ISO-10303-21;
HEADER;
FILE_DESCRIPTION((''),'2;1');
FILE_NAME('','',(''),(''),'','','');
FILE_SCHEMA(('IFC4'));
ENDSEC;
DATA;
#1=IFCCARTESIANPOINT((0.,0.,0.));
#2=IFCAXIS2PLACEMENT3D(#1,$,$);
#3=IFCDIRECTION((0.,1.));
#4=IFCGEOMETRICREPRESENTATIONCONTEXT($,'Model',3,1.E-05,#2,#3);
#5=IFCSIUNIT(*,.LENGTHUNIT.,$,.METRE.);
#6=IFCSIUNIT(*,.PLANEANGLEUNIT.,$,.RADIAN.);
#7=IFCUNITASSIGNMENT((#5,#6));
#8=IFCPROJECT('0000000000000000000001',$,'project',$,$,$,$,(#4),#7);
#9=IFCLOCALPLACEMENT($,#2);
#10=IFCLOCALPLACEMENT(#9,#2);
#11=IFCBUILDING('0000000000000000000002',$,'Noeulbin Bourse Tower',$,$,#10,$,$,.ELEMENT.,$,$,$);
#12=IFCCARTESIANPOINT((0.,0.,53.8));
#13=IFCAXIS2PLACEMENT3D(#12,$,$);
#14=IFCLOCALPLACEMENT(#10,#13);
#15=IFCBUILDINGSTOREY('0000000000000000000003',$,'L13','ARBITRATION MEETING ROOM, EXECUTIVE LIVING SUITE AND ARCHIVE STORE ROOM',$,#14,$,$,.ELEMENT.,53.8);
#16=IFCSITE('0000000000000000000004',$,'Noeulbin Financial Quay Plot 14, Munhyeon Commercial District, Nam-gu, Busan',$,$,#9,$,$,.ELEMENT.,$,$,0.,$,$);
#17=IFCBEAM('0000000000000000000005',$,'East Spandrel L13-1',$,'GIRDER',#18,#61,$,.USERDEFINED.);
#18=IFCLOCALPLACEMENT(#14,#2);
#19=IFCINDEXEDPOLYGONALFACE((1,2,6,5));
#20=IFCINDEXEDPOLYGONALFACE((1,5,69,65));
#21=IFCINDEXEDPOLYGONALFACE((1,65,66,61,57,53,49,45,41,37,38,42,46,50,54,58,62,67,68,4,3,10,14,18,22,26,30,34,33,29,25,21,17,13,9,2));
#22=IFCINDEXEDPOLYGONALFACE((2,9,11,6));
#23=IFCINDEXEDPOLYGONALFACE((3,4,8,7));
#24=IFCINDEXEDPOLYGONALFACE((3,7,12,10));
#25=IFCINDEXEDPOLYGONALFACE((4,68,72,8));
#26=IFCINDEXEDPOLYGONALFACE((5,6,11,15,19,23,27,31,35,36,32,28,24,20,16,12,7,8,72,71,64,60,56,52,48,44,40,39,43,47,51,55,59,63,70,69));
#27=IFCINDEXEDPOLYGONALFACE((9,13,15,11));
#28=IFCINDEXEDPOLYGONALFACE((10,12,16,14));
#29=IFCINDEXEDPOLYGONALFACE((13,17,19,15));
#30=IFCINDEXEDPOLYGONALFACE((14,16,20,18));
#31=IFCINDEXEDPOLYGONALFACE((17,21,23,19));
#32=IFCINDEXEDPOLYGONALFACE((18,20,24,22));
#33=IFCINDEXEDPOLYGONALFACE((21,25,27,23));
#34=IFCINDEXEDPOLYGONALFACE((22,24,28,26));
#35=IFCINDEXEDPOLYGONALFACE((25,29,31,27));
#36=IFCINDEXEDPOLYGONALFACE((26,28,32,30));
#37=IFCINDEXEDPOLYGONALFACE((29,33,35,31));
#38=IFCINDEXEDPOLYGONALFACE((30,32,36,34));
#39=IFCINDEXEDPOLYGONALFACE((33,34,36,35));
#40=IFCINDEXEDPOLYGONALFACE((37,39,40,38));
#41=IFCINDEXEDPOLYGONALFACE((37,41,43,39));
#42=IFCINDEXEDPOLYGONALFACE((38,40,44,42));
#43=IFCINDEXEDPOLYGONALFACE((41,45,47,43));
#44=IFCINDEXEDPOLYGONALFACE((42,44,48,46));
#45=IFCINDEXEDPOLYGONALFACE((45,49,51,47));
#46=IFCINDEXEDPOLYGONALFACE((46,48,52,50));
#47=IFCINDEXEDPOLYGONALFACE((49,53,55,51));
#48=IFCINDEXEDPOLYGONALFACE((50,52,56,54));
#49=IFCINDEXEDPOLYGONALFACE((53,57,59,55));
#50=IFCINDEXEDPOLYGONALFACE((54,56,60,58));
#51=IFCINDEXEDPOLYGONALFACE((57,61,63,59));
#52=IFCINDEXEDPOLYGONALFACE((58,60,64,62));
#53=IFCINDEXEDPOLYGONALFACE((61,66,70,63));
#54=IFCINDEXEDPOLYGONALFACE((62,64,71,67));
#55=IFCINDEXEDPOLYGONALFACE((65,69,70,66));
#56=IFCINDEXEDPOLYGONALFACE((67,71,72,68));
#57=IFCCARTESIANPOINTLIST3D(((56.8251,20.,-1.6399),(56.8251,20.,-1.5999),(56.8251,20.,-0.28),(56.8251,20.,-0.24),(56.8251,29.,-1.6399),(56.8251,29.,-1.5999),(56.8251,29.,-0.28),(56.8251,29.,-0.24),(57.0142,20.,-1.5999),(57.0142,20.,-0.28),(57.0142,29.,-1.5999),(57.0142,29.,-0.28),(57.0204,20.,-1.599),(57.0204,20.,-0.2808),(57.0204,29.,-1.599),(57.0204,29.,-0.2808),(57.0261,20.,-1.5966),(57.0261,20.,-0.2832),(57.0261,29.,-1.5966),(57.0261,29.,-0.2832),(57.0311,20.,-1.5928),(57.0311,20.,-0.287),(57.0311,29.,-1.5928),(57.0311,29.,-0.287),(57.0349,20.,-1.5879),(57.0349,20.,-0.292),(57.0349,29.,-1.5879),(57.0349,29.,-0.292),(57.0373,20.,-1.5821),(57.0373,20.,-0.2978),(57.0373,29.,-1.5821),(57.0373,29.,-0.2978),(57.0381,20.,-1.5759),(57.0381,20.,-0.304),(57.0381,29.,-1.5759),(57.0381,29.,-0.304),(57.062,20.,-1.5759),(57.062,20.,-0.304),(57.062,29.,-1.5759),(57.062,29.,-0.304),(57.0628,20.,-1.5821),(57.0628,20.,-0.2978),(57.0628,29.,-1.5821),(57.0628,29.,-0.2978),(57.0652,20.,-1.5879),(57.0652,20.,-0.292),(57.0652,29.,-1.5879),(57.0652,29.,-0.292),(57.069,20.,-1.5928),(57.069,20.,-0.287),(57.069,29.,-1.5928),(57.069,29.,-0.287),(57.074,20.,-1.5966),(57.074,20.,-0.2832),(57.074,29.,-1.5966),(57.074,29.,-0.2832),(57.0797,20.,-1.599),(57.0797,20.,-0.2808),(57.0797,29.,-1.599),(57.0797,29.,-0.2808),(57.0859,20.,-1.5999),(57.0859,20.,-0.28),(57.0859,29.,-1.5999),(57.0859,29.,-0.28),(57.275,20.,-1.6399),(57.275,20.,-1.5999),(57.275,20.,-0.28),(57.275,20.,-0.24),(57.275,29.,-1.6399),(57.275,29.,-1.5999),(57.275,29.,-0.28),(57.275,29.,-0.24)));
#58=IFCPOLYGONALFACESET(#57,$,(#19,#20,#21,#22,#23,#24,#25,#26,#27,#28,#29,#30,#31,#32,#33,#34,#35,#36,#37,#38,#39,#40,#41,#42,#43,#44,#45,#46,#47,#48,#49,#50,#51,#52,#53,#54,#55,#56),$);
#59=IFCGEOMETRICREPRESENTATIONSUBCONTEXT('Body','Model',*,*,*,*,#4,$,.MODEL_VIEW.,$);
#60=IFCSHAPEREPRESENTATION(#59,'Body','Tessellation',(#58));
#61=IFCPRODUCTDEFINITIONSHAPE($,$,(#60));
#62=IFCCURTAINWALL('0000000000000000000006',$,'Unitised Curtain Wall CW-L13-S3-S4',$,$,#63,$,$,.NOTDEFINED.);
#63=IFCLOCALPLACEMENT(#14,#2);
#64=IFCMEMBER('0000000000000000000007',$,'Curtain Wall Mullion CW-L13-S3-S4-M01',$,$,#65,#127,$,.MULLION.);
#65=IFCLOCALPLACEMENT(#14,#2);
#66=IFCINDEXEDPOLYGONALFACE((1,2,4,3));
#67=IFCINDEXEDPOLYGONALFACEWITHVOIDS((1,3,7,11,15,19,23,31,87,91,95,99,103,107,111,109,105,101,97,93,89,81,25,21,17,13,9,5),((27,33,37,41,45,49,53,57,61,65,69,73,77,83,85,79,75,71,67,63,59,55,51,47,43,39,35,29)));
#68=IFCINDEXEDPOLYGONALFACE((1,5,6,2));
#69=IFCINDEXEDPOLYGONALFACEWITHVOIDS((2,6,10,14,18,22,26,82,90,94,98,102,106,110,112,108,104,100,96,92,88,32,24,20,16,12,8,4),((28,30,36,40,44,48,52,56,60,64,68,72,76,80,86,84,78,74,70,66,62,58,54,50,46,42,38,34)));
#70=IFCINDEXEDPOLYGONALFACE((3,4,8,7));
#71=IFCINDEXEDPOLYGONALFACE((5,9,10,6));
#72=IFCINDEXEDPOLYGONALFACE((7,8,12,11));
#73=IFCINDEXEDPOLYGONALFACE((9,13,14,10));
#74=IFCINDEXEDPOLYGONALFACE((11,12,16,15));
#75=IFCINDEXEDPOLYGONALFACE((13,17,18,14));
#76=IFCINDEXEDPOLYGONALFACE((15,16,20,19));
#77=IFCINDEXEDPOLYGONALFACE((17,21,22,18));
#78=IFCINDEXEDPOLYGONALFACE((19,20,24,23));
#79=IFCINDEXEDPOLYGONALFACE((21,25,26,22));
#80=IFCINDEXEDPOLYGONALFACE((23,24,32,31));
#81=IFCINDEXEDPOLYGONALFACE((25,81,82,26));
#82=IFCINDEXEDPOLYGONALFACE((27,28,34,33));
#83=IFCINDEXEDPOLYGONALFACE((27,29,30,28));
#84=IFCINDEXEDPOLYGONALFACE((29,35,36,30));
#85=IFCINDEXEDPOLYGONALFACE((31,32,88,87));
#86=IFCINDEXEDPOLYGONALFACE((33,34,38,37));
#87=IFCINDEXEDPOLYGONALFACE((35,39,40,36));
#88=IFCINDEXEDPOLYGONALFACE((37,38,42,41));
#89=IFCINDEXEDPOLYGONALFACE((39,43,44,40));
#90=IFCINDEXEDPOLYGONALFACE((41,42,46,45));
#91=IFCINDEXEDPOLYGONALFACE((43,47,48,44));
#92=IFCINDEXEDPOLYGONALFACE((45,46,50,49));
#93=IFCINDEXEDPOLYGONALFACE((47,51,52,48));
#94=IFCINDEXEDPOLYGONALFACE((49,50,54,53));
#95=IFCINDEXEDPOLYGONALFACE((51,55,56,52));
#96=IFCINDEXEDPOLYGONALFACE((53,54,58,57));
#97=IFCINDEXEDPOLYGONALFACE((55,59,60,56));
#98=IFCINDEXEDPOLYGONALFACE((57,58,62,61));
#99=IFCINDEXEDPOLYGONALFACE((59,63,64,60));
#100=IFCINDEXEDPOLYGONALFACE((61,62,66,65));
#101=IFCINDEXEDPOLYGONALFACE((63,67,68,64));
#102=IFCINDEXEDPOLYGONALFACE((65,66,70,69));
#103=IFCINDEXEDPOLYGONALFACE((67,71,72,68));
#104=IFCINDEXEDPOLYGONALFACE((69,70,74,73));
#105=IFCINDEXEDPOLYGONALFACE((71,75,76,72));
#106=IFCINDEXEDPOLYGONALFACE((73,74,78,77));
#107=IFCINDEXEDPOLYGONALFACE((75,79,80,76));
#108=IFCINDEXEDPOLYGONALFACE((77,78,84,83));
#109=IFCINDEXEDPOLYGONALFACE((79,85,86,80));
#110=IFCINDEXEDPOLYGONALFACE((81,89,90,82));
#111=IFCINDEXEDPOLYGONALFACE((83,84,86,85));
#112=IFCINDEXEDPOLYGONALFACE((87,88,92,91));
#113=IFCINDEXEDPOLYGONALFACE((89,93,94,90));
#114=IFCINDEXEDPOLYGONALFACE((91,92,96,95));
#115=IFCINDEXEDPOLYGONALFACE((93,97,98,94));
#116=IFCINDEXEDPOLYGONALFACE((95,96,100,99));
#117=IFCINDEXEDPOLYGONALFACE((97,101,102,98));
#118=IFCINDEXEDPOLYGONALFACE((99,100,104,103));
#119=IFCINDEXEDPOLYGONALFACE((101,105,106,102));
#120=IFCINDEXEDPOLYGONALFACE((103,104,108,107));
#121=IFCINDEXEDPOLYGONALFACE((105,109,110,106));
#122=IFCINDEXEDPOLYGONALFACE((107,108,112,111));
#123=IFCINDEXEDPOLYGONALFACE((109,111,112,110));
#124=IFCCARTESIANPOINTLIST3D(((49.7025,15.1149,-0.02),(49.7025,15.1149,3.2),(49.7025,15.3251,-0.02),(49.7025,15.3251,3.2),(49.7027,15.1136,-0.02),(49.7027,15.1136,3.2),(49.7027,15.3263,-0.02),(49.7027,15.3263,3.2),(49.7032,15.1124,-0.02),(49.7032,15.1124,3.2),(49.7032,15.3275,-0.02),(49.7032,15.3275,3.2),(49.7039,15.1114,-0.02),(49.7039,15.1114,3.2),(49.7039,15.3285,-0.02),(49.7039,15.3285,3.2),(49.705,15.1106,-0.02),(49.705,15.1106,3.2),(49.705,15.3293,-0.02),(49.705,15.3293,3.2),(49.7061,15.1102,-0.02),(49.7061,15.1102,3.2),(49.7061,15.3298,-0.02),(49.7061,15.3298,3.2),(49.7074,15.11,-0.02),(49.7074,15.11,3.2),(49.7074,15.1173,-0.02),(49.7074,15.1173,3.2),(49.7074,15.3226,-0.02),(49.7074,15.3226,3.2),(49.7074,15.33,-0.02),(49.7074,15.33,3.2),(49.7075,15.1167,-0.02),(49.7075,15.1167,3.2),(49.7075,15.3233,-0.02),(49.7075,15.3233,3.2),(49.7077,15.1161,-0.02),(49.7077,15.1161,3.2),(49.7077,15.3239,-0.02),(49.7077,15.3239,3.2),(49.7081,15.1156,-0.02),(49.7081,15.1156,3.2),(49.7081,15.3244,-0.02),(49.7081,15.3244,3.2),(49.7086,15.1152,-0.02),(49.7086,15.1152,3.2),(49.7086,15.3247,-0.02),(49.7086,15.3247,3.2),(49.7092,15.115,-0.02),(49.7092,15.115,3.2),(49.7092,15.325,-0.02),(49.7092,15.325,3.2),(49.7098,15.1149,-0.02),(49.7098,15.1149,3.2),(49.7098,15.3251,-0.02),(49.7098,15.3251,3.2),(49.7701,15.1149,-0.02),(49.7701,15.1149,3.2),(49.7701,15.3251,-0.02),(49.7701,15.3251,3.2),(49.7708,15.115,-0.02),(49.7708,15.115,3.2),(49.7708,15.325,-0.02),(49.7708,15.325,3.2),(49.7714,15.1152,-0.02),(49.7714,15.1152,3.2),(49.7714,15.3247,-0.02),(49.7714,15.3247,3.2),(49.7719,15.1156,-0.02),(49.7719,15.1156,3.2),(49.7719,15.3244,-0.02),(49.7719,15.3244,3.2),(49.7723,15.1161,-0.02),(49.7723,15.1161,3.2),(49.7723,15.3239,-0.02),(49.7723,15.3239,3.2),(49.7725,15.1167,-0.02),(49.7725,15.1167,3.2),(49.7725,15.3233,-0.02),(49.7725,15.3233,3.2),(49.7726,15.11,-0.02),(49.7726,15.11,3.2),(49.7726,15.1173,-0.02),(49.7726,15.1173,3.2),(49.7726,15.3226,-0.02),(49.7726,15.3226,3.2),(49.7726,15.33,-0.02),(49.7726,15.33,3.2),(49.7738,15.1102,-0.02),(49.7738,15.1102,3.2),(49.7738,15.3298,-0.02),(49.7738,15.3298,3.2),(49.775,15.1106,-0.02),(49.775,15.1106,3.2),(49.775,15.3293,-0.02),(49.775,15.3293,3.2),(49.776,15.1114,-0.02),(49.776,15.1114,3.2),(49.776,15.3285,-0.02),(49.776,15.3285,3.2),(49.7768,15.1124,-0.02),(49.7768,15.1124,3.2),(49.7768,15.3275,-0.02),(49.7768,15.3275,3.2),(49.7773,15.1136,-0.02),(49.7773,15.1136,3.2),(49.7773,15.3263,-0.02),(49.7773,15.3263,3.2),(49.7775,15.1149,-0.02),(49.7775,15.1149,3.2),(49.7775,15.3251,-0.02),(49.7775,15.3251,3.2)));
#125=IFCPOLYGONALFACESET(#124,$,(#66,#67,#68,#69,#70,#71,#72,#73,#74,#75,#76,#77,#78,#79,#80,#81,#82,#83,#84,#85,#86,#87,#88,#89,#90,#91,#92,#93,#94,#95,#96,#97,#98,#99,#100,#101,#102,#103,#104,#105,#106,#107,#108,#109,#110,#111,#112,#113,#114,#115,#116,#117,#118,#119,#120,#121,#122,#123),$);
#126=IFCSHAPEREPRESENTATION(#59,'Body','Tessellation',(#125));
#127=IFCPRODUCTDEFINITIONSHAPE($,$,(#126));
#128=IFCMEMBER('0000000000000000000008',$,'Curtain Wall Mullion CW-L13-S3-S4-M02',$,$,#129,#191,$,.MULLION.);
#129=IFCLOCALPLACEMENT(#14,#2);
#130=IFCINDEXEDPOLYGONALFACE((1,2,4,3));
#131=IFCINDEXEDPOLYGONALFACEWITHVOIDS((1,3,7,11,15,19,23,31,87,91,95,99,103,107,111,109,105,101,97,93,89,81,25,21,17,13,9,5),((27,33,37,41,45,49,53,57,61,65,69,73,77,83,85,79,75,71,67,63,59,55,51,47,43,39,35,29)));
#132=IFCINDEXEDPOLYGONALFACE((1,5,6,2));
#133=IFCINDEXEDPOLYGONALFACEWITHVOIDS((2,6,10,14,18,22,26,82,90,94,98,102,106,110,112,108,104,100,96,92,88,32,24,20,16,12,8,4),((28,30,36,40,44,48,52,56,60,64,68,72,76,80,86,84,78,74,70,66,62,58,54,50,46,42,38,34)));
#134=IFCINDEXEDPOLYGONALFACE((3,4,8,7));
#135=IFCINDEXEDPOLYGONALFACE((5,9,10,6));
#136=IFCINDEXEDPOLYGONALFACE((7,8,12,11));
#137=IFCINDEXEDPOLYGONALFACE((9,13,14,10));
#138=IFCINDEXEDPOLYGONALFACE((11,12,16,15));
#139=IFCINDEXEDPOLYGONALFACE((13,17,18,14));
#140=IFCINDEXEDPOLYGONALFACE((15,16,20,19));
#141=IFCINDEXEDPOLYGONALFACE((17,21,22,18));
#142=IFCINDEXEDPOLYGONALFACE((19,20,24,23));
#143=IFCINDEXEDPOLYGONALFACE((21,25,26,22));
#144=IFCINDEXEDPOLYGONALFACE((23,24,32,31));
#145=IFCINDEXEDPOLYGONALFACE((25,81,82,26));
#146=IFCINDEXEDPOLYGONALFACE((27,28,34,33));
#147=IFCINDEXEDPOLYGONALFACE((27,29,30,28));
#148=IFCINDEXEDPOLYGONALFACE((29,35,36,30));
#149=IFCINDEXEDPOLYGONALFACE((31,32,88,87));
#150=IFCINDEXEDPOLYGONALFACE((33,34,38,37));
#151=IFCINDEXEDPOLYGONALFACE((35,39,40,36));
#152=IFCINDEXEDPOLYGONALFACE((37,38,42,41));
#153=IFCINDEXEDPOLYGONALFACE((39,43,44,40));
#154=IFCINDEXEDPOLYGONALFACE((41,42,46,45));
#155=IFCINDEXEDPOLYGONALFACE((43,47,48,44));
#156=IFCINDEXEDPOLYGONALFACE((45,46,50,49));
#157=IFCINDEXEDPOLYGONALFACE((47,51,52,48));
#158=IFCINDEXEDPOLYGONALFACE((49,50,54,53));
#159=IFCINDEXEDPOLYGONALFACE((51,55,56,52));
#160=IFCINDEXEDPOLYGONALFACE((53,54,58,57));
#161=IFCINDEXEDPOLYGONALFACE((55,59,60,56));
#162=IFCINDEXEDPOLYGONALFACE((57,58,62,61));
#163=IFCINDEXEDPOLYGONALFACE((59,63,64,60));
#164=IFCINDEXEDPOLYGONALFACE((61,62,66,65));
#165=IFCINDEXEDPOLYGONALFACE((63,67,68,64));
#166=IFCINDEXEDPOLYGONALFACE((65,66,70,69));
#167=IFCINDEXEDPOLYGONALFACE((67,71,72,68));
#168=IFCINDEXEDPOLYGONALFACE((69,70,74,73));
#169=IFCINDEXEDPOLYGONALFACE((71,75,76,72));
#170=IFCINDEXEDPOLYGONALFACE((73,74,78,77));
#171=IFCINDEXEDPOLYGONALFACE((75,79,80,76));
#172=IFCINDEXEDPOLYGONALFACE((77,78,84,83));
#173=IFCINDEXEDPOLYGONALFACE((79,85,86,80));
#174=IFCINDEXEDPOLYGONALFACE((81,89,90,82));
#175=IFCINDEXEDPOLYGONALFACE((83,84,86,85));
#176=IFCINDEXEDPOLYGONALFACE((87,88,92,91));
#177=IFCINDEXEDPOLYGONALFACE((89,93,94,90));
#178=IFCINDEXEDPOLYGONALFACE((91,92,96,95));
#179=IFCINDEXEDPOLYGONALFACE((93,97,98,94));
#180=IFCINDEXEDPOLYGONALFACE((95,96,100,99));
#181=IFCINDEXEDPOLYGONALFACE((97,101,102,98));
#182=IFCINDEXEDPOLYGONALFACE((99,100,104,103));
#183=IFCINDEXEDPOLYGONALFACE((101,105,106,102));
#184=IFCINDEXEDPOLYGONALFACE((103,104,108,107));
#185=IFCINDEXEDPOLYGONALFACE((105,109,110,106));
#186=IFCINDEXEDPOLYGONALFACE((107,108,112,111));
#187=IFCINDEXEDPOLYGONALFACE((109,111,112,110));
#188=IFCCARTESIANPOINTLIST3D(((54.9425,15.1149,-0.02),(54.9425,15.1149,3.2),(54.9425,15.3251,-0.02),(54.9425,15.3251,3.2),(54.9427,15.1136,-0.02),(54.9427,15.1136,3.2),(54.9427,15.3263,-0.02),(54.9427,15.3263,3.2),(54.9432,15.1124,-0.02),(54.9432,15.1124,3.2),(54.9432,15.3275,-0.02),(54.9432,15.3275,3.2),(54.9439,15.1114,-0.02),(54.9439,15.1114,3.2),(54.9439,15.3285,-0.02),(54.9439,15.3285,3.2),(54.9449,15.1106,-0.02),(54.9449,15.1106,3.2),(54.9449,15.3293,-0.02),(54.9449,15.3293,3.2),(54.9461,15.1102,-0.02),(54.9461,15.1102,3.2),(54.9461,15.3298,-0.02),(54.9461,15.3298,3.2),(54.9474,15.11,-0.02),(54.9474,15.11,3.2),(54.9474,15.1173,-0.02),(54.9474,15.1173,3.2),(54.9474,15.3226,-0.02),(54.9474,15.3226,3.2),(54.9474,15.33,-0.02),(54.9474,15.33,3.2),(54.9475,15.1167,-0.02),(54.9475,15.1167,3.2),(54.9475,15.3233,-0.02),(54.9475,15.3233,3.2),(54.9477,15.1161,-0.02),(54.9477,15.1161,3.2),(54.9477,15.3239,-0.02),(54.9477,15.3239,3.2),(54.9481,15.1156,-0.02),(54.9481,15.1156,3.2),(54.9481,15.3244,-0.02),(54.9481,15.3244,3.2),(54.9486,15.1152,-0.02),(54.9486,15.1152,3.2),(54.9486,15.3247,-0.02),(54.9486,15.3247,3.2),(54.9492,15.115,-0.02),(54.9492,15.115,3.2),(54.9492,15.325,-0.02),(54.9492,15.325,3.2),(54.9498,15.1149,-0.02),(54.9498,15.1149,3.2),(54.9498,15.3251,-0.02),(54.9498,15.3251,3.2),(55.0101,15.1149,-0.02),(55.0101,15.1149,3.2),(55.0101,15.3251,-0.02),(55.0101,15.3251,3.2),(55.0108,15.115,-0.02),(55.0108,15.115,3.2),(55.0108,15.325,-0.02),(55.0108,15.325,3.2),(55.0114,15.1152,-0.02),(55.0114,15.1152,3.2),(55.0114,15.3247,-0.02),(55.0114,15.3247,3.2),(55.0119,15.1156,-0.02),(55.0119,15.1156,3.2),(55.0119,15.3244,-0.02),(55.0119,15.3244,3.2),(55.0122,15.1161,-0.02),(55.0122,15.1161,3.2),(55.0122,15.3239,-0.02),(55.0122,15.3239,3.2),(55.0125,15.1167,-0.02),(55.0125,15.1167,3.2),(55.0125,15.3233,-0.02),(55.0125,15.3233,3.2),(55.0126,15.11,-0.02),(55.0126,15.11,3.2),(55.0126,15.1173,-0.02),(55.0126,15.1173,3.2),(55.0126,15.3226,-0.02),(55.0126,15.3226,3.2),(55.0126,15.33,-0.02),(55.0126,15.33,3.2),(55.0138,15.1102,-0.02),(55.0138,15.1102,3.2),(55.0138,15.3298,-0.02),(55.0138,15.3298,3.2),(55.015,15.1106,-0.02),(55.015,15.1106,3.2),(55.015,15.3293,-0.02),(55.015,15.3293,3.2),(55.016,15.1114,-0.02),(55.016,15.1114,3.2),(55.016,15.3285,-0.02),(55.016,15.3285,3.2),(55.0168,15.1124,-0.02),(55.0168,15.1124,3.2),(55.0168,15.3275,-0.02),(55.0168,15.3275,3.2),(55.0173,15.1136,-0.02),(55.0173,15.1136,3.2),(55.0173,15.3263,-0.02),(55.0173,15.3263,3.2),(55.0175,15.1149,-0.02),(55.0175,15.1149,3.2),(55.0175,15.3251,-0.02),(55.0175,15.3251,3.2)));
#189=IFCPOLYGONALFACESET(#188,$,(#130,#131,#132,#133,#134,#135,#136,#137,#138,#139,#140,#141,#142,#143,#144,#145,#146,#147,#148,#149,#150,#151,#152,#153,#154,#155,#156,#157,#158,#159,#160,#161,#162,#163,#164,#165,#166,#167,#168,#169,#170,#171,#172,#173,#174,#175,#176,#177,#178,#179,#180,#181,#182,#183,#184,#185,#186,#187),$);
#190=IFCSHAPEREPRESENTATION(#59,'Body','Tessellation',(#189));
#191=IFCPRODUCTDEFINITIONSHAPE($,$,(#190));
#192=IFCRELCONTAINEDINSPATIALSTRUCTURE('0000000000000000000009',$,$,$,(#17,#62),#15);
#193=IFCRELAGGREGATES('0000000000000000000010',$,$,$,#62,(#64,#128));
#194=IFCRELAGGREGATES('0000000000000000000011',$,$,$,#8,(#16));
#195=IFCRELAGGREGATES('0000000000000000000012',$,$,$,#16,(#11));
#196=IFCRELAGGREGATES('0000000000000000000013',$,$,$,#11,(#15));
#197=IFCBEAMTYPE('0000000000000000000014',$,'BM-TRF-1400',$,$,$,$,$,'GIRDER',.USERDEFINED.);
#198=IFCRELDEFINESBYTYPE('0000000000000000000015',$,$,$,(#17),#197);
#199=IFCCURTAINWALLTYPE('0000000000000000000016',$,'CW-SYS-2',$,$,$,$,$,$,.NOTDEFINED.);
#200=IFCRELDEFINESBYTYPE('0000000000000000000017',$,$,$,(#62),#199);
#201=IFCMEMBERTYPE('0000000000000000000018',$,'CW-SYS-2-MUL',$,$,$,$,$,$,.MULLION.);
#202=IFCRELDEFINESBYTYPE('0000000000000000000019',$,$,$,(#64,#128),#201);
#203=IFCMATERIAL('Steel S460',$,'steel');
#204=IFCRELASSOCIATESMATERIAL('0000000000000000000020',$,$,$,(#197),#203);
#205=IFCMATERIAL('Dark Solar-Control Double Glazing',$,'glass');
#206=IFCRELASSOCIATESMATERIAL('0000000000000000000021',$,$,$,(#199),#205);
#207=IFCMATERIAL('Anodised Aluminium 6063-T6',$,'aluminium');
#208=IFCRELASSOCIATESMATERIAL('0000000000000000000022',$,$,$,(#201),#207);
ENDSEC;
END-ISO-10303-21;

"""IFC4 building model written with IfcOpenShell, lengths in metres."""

from ifc_helpers import new_model, si_unit, direction, frame, origin, origin_2d, place, context, subcontext, project, spatial, hollow_rectangle, i_section, extrude, material, material_profile, profile_set, type_object, element, aggregate, save


model = new_model("IFC4")

# Units and contexts
model_context = context("Model", 3, precision=1e-05, world=origin(), true_north=direction((0.0, 1.0)))
body_context = subcontext(model_context, "Body", "Model", "MODEL_VIEW")
ifc_project = project(units=[si_unit("LENGTHUNIT", "METRE"), si_unit("PLANEANGLEUNIT", "RADIAN")], contexts=[model_context])

# Site, building, storey
site_placement = place(None, origin())
site = spatial("IfcSite", under=ifc_project, at=site_placement, Name="Noeulbin Financial Quay Plot 14, Munhyeon Commercial District, Nam-gu, Busan", CompositionType="ELEMENT", RefElevation=0.0)
building_placement = place(site_placement, origin())
building = spatial("IfcBuilding", under=site, at=building_placement, Name="Noeulbin Bourse Tower", CompositionType="ELEMENT")
storey_placement = place(building_placement, frame((0.0, 0.0, 53.8)))
storey = spatial("IfcBuildingStorey", under=building, at=storey_placement, Name="L13", Description="ARBITRATION MEETING ROOM, EXECUTIVE LIVING SUITE AND ARCHIVE STORE ROOM", CompositionType="ELEMENT", Elevation=53.8)

# Shared definitions
ifc_material_1 = material(Name="Steel S460", Category="steel")

# Beam
ifc_material_profile_1 = material_profile(ifc_material_1, i_section(OverallWidth=0.45, OverallDepth=1.3999, WebThickness=0.0239, FlangeThickness=0.04, FilletRadius=0.0239, at=origin_2d()), Name="PG-1400x450x24x40", Category="LoadBearing")
ifc_profile_set_1 = profile_set([ifc_material_profile_1], Name="Steel S460")
beam_type = type_object("IfcBeamType", Name="BM-TRF-1400", ElementType="GIRDER", PredefinedType="USERDEFINED", material=ifc_profile_set_1)
beam_1_placement = place(storey_placement, frame((57.05, 20.0, -0.9399), z_axis=(0.0, 1.0, 0.0), x_axis=(-1.0, 0.0, 0.0)))
element("IfcBeam", 1, at=beam_1_placement, inside=storey, type_object=beam_type, Name="East Spandrel L13-1", ObjectType="GIRDER", PredefinedType="USERDEFINED", context=body_context, shape_type="SweptSolid", body=[
    extrude(i_section(OverallWidth=0.45, OverallDepth=1.3999, WebThickness=0.0239, FlangeThickness=0.04, FilletRadius=0.0239, at=origin_2d()), origin(), (0.0, 0.0, 1.0), 9.0),
])

# Curtain wall, members
ifc_material_2 = material(Name="Dark Solar-Control Double Glazing", Category="glass")
curtain_wall_type = type_object("IfcCurtainWallType", Name="CW-SYS-2", PredefinedType="NOTDEFINED", material=ifc_material_2)
curtain_wall_1_placement = place(storey_placement, origin())
curtain_wall_1 = element("IfcCurtainWall", 2, at=curtain_wall_1_placement, inside=storey, type_object=curtain_wall_type, Name="Unitised Curtain Wall CW-L13-S3-S4", PredefinedType="NOTDEFINED")
ifc_material_3 = material(Name="Anodised Aluminium 6063-T6", Category="aluminium")
ifc_material_profile_2 = material_profile(ifc_material_3, hollow_rectangle(XDim=0.075, YDim=0.22, WallThickness=0.0049, InnerFilletRadius=0.0024, OuterFilletRadius=0.0049, at=origin_2d()), Name="ALU-MULL-75x220x5", Category="LoadBearing")
ifc_profile_set_2 = profile_set([ifc_material_profile_2], Name="Anodised Aluminium 6063-T6")
member_type_1 = type_object("IfcMemberType", Name="CW-SYS-2-MUL", PredefinedType="MULLION", material=ifc_profile_set_2)
member_1_placement = place(storey_placement, frame((49.74, 15.22, -0.02), z_axis=(0.0, 0.0, 1.0), x_axis=(1.0, 0.0, 0.0)))
member_1 = element("IfcMember", 3, at=member_1_placement, type_object=member_type_1, Name="Curtain Wall Mullion CW-L13-S3-S4-M01", PredefinedType="MULLION", context=body_context, shape_type="SweptSolid", body=[
    extrude(hollow_rectangle(XDim=0.075, YDim=0.22, WallThickness=0.0049, InnerFilletRadius=0.0024, OuterFilletRadius=0.0049, at=origin_2d()), origin(), (0.0, 0.0, 1.0), 3.22),
])
member_2_placement = place(storey_placement, frame((54.98, 15.22, -0.02), z_axis=(0.0, 0.0, 1.0), x_axis=(1.0, 0.0, 0.0)))
member_2 = element("IfcMember", 4, at=member_2_placement, type_object=member_type_1, Name="Curtain Wall Mullion CW-L13-S3-S4-M02", PredefinedType="MULLION", context=body_context, shape_type="SweptSolid", body=[
    extrude(hollow_rectangle(XDim=0.075, YDim=0.22, WallThickness=0.0049, InnerFilletRadius=0.0024, OuterFilletRadius=0.0049, at=origin_2d()), origin(), (0.0, 0.0, 1.0), 3.22),
])

aggregate(curtain_wall_1, [member_1, member_2])

save(model, "model.ifc")
